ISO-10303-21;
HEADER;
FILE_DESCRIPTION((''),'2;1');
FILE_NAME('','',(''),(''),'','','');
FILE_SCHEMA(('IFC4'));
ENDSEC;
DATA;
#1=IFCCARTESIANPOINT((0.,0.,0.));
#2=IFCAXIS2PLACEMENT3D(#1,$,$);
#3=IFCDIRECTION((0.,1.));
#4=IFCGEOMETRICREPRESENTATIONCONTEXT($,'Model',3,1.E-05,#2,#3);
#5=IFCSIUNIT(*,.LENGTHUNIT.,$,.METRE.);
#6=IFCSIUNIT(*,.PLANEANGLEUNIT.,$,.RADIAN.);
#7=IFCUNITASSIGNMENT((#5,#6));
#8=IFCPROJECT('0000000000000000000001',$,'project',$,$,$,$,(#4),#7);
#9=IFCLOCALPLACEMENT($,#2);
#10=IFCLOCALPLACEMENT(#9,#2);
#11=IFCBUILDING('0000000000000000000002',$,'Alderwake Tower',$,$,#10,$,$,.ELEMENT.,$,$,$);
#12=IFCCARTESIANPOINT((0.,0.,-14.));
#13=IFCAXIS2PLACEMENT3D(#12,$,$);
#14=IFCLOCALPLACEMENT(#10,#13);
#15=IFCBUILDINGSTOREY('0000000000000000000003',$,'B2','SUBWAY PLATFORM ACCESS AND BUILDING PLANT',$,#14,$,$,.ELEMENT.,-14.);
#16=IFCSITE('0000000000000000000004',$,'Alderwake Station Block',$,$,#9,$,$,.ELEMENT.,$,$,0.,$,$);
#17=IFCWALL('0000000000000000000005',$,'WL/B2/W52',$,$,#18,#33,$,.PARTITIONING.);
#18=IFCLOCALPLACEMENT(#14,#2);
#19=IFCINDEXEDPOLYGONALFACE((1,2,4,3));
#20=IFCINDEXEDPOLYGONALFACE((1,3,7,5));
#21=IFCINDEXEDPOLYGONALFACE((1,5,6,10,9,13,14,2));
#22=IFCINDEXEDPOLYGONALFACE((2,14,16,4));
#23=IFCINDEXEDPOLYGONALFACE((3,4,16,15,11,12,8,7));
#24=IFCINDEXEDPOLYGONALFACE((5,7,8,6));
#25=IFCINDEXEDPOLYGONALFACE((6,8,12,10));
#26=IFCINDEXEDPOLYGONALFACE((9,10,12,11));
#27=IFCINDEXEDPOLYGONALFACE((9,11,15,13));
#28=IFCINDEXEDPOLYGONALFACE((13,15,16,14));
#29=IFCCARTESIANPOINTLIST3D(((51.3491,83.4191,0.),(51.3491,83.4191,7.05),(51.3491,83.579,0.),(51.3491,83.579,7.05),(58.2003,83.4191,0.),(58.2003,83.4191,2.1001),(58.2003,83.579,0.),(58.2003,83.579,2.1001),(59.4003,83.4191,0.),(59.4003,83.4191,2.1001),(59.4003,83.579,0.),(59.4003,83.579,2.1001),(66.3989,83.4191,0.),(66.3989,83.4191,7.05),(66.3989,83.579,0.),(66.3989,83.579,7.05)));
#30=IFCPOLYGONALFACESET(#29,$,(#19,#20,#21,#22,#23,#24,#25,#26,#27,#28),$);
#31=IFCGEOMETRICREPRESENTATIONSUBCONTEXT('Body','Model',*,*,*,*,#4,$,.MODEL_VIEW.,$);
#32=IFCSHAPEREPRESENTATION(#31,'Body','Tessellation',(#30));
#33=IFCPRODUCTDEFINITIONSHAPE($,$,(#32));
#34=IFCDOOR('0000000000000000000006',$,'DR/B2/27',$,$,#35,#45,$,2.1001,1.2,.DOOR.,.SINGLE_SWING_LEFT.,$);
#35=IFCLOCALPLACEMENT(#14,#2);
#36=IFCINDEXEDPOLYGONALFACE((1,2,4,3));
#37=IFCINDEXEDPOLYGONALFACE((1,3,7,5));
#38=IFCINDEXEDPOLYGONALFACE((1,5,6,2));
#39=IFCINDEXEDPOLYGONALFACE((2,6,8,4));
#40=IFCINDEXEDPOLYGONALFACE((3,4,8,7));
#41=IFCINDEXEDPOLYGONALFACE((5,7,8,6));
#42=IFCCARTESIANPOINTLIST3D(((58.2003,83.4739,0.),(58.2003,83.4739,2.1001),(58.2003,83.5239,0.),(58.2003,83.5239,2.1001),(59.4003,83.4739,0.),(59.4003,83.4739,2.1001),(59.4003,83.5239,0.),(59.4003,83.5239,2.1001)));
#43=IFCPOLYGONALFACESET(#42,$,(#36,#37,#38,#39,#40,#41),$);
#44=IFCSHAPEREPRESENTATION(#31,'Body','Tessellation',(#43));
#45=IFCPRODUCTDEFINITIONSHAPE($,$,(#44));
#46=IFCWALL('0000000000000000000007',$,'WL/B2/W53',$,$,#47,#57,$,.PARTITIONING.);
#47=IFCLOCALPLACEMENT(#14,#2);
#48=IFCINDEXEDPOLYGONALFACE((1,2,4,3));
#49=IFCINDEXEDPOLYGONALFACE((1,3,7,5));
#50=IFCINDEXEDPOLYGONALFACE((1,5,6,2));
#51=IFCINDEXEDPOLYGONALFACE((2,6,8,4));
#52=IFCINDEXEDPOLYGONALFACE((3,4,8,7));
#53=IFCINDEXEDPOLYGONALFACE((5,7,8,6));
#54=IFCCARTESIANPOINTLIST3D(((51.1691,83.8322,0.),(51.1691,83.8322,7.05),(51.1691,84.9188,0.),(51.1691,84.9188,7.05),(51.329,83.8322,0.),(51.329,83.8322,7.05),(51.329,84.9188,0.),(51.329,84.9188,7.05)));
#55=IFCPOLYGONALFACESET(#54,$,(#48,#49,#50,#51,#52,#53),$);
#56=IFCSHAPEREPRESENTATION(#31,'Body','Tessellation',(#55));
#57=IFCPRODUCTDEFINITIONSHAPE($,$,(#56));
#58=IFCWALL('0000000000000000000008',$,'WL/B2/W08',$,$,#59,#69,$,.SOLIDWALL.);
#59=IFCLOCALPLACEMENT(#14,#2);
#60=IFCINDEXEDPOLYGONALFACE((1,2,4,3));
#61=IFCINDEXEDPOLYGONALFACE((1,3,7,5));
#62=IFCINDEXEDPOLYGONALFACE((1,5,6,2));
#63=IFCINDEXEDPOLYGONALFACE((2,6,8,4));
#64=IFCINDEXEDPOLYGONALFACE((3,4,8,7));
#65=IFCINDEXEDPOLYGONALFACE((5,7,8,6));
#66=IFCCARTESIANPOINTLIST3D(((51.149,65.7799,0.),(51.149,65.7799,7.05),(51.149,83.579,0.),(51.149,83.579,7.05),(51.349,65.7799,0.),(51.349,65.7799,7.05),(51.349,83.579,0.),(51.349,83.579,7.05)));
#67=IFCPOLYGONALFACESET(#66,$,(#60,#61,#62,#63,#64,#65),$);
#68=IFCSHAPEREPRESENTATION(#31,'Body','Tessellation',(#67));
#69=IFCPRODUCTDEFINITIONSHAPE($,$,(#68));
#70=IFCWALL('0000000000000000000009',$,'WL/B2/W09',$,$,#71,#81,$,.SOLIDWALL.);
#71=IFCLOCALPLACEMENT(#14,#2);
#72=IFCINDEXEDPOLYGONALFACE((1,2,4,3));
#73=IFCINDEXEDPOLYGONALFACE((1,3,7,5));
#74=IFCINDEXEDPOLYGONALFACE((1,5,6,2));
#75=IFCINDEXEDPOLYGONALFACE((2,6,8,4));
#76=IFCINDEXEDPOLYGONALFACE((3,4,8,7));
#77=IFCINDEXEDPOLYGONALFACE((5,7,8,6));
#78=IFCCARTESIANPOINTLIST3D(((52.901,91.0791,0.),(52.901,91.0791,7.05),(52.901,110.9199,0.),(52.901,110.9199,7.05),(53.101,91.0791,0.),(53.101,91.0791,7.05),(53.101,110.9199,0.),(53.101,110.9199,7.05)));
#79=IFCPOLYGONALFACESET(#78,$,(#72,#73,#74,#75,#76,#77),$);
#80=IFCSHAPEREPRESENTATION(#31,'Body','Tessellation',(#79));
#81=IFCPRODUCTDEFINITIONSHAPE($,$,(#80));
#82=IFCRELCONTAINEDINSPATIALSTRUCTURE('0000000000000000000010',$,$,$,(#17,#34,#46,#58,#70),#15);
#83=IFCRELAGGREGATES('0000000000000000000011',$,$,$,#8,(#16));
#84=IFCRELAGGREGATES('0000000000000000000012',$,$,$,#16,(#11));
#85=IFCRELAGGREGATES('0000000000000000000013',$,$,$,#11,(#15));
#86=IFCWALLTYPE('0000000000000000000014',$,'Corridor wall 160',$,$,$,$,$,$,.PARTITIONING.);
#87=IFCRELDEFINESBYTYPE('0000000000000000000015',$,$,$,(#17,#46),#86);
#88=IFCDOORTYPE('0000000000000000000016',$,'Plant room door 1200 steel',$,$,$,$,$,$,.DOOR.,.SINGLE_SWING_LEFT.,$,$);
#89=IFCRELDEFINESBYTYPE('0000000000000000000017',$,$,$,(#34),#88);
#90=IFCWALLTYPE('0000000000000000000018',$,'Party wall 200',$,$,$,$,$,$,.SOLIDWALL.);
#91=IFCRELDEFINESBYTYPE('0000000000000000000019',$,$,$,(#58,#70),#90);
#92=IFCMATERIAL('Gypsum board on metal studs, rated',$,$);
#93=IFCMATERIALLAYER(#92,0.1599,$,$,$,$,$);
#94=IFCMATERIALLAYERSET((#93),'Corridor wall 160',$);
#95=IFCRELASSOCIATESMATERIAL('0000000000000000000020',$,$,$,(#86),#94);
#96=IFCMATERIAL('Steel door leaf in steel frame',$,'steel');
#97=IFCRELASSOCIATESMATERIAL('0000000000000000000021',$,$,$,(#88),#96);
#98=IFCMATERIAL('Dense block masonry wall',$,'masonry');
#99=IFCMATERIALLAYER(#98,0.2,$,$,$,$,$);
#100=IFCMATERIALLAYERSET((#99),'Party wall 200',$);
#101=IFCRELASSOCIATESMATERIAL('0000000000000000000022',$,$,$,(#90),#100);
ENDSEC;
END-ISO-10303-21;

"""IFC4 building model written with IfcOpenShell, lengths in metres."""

from ifc_helpers import new_model, si_unit, direction, frame, frame_2d, origin, place, context, subcontext, project, spatial, rectangle, extrude, material, layer, layer_set, type_object, element, fill, save


model = new_model("IFC4")

# Units and contexts
model_context = context("Model", 3, precision=1e-05, world=origin(), true_north=direction((0.0, 1.0)))
body_context = subcontext(model_context, "Body", "Model", "MODEL_VIEW")
ifc_project = project(units=[si_unit("LENGTHUNIT", "METRE"), si_unit("PLANEANGLEUNIT", "RADIAN")], contexts=[model_context])

# Site, building, storey
site_placement = place(None, origin())
site = spatial("IfcSite", under=ifc_project, at=site_placement, Name="Alderwake Station Block", CompositionType="ELEMENT", RefElevation=0.0)
building_placement = place(site_placement, origin())
building = spatial("IfcBuilding", under=site, at=building_placement, Name="Alderwake Tower", CompositionType="ELEMENT")
storey_placement = place(building_placement, frame((0.0, 0.0, -14.0)))
storey = spatial("IfcBuildingStorey", under=building, at=storey_placement, Name="B2", Description="SUBWAY PLATFORM ACCESS AND BUILDING PLANT", CompositionType="ELEMENT", Elevation=-14.0)

# Wall, opening, door
ifc_material_1 = material(Name="Gypsum board on metal studs, rated")
ifc_layer_1 = layer(ifc_material_1, 0.1599)
ifc_layer_set_1 = layer_set([ifc_layer_1], Name="Corridor wall 160")
wall_type_1 = type_object("IfcWallType", Name="Corridor wall 160", PredefinedType="PARTITIONING", material=ifc_layer_set_1)
wall_1_placement = place(storey_placement, frame((51.3491, 83.499, 0.0), z_axis=(0.0, 0.0, 1.0), x_axis=(1.0, 0.0, 0.0)))
wall_1 = element("IfcWall", 1, at=wall_1_placement, inside=storey, type_object=wall_type_1, Name="WL/B2/W52", PredefinedType="PARTITIONING", context=body_context, shape_type="SweptSolid", body=[
    extrude(rectangle(XDim=15.0498, YDim=0.1599, at=frame_2d((7.5249, 0.0))), origin(), (0.0, 0.0, 1.0), 7.05),
])
opening_placement = place(wall_1_placement, frame((6.8511, 0.0, 0.0)))
opening = element("IfcOpeningElement", 2, at=opening_placement, cuts=wall_1, PredefinedType="OPENING", context=body_context, shape_type="SweptSolid", body=[
    extrude(rectangle(XDim=1.2, YDim=2.1001, at=frame_2d((0.6001, 1.05))), frame((0.0, 0.0898, 0.0), z_axis=(0.0, -1.0, 0.0), x_axis=(1.0, 0.0, 0.0)), (0.0, 0.0, 1.0), 0.1799),
])
ifc_material_2 = material(Name="Steel door leaf in steel frame", Category="steel")
door_type = type_object("IfcDoorType", Name="Plant room door 1200 steel", OperationType="SINGLE_SWING_LEFT", PredefinedType="DOOR", material=ifc_material_2)
door_placement = place(opening_placement, origin())
door = element("IfcDoor", 3, at=door_placement, inside=storey, type_object=door_type, Name="DR/B2/27", OperationType="SINGLE_SWING_LEFT", OverallHeight=2.1001, OverallWidth=1.2, PredefinedType="DOOR", context=body_context, shape_type="SweptSolid", body=[
    extrude(rectangle(XDim=1.2, YDim=2.1001, at=frame_2d((0.6001, 1.05))), frame((0.0, 0.0249, 0.0), z_axis=(0.0, -1.0, 0.0), x_axis=(1.0, 0.0, 0.0)), (0.0, 0.0, 1.0), 0.05),
])
fill(opening, door)

# Walls
wall_2_placement = place(storey_placement, frame((51.249, 84.9189, 0.0), z_axis=(0.0, 0.0, 1.0), x_axis=(0.0, -1.0, 0.0)))
element("IfcWall", 4, at=wall_2_placement, inside=storey, type_object=wall_type_1, Name="WL/B2/W53", PredefinedType="PARTITIONING", context=body_context, shape_type="SweptSolid", body=[
    extrude(rectangle(XDim=1.0867, YDim=0.1599, at=frame_2d((0.5435, 0.0))), origin(), (0.0, 0.0, 1.0), 7.05),
])
ifc_material_3 = material(Name="Dense block masonry wall", Category="masonry")
ifc_layer_2 = layer(ifc_material_3, 0.2)
ifc_layer_set_2 = layer_set([ifc_layer_2], Name="Party wall 200")
wall_type_2 = type_object("IfcWallType", Name="Party wall 200", PredefinedType="SOLIDWALL", material=ifc_layer_set_2)
wall_3_placement = place(storey_placement, frame((51.249, 65.78, 0.0), z_axis=(0.0, 0.0, 1.0), x_axis=(0.0, 1.0, 0.0)))
element("IfcWall", 5, at=wall_3_placement, inside=storey, type_object=wall_type_2, Name="WL/B2/W08", PredefinedType="SOLIDWALL", context=body_context, shape_type="SweptSolid", body=[
    extrude(rectangle(XDim=17.7991, YDim=0.2, at=frame_2d((8.8994, 0.0))), origin(), (0.0, 0.0, 1.0), 7.05),
])
wall_4_placement = place(storey_placement, frame((53.001, 91.0791, 0.0), z_axis=(0.0, 0.0, 1.0), x_axis=(0.0, 1.0, 0.0)))
element("IfcWall", 6, at=wall_4_placement, inside=storey, type_object=wall_type_2, Name="WL/B2/W09", PredefinedType="SOLIDWALL", context=body_context, shape_type="SweptSolid", body=[
    extrude(rectangle(XDim=19.8408, YDim=0.2, at=frame_2d((9.9204, 0.0))), origin(), (0.0, 0.0, 1.0), 7.05),
])

save(model, "model.ifc")
